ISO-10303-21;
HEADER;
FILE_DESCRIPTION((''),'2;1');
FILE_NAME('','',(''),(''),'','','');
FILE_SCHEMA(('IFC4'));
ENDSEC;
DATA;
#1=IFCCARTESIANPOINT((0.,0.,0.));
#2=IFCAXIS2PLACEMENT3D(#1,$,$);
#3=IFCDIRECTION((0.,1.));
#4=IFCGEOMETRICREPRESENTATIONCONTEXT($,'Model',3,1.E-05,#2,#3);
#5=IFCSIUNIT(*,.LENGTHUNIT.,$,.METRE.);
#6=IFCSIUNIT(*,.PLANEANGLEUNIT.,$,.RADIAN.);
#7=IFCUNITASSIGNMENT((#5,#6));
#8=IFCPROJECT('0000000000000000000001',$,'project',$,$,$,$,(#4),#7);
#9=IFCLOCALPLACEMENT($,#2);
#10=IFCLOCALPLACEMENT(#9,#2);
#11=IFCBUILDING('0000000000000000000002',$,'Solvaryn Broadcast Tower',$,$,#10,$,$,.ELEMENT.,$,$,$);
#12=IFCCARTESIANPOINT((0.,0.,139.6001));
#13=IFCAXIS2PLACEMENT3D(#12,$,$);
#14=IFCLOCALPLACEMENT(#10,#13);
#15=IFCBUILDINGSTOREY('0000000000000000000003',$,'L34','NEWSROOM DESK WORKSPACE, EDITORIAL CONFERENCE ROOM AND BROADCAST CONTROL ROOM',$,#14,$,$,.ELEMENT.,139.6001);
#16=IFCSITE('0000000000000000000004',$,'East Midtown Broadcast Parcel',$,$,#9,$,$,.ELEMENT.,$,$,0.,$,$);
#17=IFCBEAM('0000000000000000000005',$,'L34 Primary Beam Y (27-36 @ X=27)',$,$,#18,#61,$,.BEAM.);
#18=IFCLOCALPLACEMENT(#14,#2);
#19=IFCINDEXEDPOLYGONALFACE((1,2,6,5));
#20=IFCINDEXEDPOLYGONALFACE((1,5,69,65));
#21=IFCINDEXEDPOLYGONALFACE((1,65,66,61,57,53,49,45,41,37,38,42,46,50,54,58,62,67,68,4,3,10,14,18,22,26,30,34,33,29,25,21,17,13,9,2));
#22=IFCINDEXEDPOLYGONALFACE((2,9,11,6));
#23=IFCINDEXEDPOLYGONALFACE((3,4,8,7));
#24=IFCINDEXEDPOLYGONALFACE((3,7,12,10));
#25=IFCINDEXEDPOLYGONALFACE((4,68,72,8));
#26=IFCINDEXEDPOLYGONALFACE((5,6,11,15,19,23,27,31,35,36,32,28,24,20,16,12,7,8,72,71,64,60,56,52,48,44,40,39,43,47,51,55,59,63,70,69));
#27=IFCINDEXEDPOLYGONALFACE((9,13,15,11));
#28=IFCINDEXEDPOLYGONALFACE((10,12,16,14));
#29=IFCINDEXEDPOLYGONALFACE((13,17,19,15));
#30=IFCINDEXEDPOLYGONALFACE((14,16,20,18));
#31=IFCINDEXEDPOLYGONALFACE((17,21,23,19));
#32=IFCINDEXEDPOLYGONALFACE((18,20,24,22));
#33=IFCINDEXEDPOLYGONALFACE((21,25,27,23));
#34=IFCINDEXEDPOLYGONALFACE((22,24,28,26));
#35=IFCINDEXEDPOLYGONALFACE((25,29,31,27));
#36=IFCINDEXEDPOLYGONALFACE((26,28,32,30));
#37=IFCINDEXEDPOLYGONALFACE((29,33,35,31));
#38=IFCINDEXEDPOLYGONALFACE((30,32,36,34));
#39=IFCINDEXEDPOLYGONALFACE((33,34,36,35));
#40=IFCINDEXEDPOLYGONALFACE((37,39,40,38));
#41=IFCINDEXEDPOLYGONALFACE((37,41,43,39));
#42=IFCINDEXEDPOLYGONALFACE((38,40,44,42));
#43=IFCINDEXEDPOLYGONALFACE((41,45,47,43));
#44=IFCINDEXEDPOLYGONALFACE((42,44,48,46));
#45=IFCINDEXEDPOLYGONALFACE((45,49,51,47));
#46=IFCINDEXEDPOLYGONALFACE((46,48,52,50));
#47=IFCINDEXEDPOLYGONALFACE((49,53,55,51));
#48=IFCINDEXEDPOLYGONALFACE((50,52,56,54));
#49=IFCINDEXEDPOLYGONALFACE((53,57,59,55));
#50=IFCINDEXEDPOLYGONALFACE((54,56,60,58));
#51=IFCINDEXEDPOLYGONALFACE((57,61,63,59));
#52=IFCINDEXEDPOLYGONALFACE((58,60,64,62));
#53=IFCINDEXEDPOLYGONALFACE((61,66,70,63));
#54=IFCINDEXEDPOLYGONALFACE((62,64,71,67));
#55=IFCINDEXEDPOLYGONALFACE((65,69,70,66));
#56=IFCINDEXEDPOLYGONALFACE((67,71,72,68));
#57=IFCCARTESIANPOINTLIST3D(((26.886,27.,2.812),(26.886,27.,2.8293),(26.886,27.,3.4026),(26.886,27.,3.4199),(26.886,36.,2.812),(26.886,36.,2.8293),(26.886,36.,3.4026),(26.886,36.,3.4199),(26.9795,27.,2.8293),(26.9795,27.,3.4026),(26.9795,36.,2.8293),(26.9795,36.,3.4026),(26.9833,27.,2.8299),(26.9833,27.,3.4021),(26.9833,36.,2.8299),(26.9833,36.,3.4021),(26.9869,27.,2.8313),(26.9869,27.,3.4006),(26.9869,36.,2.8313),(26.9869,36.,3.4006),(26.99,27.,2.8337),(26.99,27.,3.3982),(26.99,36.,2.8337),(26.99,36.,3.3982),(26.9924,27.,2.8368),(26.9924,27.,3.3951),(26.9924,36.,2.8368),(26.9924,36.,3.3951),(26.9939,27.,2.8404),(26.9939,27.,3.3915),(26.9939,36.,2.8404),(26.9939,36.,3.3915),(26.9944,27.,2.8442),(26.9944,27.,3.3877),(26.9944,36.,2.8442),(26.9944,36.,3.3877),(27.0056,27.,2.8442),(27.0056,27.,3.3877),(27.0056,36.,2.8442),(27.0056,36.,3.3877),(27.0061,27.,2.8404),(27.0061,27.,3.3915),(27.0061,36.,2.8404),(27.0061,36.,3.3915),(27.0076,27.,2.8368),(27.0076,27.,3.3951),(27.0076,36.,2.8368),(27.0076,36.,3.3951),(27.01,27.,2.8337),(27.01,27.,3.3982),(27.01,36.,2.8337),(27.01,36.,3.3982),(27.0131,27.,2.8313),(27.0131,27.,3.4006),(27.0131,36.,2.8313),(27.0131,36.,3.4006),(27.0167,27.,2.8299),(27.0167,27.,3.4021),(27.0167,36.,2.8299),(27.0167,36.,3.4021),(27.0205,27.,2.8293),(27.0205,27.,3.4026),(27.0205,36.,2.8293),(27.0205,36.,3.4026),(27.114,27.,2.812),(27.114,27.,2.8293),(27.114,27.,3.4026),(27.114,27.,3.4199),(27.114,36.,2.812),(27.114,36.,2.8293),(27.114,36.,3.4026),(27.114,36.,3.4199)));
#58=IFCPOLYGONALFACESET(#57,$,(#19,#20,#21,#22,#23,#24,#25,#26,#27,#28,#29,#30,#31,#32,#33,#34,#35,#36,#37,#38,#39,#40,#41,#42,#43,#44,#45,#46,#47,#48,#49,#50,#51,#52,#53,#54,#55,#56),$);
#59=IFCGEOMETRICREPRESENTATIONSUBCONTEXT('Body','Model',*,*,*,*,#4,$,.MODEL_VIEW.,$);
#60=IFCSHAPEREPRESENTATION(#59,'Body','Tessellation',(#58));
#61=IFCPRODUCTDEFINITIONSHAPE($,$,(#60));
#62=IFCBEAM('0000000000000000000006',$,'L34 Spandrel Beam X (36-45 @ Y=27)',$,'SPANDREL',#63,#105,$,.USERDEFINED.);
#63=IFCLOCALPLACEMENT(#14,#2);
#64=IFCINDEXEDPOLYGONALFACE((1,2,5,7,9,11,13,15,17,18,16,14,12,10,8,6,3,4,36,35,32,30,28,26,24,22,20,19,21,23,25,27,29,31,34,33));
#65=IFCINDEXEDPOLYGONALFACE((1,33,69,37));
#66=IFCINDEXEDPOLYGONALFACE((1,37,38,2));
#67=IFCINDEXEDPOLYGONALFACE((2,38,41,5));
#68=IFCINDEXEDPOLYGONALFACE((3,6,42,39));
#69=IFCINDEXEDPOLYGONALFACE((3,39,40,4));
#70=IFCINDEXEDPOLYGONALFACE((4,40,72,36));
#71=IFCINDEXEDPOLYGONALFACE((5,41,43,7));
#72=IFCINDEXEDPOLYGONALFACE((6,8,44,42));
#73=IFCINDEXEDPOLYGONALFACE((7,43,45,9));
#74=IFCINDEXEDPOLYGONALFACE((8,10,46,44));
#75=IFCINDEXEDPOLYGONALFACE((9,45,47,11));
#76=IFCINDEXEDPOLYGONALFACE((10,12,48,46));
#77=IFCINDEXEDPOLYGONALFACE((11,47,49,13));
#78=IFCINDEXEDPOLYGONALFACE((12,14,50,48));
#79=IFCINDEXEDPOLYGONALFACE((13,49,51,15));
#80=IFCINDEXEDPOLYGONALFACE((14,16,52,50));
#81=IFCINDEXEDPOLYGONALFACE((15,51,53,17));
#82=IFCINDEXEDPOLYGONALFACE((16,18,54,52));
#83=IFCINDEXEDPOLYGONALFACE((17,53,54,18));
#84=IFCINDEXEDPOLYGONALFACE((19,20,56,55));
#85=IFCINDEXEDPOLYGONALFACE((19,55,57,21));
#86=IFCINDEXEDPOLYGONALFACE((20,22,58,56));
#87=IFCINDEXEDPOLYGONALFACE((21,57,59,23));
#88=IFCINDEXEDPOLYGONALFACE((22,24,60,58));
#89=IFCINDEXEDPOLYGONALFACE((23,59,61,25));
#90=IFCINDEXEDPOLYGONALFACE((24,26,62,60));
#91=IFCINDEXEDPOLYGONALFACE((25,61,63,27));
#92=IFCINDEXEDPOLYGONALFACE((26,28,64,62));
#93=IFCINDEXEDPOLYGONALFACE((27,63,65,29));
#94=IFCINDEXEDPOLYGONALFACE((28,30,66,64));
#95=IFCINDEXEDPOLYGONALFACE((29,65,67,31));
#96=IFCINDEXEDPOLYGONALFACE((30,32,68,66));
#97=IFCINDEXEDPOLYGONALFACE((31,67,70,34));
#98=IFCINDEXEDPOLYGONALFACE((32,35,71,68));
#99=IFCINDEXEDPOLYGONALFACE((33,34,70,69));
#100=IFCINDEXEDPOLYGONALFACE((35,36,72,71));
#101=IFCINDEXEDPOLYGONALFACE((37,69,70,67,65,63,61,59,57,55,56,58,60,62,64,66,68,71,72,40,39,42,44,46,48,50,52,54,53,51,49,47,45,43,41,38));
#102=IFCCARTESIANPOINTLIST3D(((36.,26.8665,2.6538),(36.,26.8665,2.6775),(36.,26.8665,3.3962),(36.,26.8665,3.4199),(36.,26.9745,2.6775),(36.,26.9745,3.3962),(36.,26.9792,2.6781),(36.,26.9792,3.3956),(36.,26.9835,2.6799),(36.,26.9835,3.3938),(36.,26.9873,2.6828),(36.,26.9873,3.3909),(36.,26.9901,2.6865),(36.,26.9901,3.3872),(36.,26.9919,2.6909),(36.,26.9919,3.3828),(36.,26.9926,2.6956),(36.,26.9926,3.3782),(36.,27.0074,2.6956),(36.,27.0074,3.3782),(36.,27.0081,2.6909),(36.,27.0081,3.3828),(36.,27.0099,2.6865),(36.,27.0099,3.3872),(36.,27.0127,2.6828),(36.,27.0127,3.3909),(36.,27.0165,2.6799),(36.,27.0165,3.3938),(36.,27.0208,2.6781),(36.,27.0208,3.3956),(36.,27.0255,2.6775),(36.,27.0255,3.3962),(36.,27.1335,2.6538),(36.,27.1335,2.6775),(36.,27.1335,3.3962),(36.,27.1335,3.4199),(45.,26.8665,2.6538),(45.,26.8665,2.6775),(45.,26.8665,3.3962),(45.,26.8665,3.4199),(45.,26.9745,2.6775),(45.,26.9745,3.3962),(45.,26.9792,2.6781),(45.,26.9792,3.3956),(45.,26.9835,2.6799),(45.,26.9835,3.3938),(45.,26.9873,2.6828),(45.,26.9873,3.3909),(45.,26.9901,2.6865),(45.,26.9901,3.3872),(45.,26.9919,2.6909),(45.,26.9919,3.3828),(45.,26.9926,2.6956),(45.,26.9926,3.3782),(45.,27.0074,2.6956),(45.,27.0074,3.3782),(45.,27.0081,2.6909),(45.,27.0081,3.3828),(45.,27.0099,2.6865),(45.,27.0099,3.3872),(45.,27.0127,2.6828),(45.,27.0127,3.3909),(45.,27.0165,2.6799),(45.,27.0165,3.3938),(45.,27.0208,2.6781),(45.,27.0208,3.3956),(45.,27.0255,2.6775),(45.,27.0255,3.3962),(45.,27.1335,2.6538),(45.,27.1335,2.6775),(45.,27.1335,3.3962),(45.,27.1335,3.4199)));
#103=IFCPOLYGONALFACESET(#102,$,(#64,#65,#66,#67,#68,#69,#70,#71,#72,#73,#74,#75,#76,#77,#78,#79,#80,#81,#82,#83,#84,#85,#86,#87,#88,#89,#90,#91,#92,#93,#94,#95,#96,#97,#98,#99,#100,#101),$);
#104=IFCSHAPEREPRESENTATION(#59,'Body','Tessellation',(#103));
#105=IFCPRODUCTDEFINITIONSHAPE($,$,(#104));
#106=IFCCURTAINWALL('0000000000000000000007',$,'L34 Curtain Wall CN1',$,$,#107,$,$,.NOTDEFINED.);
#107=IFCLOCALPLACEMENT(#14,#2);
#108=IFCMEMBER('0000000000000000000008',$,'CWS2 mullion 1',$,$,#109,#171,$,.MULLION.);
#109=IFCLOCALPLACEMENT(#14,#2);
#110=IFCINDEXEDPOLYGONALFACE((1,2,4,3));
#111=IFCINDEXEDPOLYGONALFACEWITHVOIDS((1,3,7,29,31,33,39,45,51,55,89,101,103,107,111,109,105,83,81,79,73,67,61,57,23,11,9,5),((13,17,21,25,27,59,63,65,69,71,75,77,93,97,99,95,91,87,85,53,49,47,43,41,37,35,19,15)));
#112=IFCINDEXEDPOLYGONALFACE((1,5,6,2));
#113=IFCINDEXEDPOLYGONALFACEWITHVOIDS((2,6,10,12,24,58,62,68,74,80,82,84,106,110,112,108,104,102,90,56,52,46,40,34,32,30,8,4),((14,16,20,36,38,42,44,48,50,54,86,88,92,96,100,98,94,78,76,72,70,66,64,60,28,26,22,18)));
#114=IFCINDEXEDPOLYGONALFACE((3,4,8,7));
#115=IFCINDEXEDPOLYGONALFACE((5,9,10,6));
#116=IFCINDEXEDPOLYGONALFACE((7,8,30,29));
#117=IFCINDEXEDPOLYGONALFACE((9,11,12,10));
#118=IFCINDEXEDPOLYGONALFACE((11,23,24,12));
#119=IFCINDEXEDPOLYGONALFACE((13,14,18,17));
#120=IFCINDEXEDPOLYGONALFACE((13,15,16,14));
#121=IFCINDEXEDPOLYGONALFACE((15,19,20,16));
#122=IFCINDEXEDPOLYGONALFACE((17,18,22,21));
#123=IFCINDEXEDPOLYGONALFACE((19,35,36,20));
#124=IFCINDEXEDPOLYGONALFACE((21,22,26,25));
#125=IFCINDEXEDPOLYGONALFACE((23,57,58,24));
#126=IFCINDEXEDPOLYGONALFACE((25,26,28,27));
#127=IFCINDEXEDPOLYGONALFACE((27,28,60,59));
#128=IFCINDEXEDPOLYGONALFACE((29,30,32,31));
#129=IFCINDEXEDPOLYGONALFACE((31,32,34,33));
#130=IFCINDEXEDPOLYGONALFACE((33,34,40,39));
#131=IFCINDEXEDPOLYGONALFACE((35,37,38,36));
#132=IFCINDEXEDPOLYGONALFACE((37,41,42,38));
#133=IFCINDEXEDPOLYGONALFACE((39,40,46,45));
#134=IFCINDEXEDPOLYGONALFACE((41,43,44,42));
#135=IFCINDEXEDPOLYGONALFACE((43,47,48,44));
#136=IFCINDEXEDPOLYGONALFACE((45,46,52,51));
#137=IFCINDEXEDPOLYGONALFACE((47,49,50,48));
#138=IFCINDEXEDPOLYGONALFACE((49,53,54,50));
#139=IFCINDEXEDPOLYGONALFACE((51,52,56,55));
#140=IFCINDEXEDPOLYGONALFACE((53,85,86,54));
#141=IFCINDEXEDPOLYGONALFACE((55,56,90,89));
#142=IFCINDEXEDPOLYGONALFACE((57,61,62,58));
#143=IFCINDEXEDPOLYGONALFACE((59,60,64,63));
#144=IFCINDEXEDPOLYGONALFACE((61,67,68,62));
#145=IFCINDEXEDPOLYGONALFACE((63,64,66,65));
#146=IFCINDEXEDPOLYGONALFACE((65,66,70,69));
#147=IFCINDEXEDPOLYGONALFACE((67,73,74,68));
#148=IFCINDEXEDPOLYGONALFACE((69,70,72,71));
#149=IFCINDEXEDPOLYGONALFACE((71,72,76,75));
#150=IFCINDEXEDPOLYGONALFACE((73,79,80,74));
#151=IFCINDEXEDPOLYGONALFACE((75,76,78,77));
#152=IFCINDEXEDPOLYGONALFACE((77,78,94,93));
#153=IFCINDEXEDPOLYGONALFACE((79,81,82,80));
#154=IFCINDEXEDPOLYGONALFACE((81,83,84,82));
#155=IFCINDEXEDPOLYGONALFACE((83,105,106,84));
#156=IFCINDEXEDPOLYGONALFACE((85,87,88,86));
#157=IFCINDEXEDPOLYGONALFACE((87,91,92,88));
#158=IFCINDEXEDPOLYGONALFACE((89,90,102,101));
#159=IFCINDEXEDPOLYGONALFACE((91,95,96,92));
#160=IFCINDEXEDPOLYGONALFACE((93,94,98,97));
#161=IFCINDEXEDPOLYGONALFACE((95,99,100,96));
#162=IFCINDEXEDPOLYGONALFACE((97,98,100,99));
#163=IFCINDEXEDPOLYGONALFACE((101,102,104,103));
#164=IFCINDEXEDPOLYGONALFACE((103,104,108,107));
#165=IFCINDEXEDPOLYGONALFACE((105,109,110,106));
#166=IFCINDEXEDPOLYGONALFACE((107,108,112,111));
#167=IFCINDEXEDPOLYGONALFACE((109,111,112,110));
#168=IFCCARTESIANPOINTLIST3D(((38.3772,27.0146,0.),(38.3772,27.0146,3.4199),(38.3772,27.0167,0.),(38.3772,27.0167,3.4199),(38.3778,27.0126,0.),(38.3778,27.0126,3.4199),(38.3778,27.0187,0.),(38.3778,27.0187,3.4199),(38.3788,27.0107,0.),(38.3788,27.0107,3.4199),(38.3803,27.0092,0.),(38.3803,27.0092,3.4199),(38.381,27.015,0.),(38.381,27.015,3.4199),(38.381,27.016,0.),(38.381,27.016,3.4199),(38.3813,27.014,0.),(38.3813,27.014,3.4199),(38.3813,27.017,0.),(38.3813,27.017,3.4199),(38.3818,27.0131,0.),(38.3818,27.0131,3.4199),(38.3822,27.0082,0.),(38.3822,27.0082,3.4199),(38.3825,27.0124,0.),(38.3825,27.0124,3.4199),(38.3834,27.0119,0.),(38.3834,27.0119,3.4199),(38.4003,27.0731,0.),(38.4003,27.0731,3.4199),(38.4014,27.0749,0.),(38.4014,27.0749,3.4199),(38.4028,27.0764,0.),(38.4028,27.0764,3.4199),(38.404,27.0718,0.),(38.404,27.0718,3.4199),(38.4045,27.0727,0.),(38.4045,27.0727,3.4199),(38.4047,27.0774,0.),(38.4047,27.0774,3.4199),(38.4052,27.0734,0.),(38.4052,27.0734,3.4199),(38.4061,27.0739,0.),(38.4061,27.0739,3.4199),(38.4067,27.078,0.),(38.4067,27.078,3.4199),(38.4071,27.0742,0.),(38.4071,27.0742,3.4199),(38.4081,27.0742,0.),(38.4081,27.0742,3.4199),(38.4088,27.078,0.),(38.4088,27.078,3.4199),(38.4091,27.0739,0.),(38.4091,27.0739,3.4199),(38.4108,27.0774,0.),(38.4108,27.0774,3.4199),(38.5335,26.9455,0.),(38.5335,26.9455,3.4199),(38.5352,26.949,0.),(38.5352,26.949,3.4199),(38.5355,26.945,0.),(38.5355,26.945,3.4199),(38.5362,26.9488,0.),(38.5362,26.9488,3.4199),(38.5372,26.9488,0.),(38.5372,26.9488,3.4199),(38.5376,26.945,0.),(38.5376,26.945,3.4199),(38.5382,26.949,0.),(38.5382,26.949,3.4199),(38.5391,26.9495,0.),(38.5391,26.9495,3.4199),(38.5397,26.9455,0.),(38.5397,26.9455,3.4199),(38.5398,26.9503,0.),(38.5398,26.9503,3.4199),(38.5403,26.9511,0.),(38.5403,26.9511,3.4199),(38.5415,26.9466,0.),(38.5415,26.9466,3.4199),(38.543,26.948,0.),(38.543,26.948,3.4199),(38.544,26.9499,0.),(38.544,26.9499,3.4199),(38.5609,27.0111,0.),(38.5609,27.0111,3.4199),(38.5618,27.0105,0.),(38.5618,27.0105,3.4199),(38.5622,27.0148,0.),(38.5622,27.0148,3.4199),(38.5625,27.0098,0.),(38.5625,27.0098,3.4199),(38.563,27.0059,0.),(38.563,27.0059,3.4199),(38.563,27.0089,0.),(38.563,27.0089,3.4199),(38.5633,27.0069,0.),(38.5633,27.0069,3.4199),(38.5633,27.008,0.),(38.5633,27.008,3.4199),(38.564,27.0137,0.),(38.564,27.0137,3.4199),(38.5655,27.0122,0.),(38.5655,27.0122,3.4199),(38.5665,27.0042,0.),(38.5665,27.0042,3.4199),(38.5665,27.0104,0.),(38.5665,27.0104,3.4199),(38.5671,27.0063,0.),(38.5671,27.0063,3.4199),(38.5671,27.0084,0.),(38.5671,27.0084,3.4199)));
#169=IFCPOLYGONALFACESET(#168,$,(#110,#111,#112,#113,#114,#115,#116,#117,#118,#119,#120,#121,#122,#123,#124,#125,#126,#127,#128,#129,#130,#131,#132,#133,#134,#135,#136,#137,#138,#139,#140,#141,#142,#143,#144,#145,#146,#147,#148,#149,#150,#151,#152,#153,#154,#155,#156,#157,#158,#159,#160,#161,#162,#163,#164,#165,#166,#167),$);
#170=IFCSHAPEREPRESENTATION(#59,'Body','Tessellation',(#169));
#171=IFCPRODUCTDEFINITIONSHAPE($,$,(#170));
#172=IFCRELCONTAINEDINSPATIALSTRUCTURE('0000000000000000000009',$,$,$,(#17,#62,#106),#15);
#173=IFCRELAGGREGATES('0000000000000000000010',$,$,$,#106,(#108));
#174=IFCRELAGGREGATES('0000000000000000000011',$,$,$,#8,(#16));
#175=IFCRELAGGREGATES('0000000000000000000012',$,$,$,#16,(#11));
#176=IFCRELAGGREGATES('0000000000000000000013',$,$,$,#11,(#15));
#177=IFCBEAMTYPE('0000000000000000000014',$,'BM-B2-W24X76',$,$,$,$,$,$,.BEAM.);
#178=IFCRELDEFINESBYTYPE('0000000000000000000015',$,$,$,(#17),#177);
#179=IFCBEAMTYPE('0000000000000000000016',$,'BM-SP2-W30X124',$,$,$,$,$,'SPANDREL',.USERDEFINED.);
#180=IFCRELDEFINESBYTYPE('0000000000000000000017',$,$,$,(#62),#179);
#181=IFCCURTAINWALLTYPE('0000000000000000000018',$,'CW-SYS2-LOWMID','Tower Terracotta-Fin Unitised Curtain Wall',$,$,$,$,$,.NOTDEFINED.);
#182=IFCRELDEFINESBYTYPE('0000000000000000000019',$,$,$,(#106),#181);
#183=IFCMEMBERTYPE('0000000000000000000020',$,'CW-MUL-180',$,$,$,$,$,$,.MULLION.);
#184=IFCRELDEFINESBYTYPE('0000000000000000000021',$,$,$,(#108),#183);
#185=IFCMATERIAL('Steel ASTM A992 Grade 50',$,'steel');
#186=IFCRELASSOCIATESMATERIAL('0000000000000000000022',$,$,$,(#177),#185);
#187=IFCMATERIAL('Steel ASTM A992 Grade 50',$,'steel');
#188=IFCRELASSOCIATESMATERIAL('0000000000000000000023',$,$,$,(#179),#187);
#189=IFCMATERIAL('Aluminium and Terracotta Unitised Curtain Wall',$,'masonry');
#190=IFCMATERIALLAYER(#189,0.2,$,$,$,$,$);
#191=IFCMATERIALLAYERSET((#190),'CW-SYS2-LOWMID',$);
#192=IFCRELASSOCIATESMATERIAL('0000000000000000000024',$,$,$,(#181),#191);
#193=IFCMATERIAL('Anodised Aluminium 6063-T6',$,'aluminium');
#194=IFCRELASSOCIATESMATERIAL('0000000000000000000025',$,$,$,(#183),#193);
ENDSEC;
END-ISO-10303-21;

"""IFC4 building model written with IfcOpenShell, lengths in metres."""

from ifc_helpers import new_model, si_unit, direction, frame, origin, origin_2d, place, context, subcontext, project, spatial, hollow_rectangle, i_section, extrude, material, layer, layer_set, material_profile, profile_set, type_object, element, aggregate, save


model = new_model("IFC4")

# Units and contexts
model_context = context("Model", 3, precision=1e-05, world=origin(), true_north=direction((0.0, 1.0)))
body_context = subcontext(model_context, "Body", "Model", "MODEL_VIEW")
ifc_project = project(units=[si_unit("LENGTHUNIT", "METRE"), si_unit("PLANEANGLEUNIT", "RADIAN")], contexts=[model_context])

# Site, building, storey
site_placement = place(None, origin())
site = spatial("IfcSite", under=ifc_project, at=site_placement, Name="East Midtown Broadcast Parcel", CompositionType="ELEMENT", RefElevation=0.0)
building_placement = place(site_placement, origin())
building = spatial("IfcBuilding", under=site, at=building_placement, Name="Solvaryn Broadcast Tower", CompositionType="ELEMENT")
storey_placement = place(building_placement, frame((0.0, 0.0, 139.6001)))
storey = spatial("IfcBuildingStorey", under=building, at=storey_placement, Name="L34", Description="NEWSROOM DESK WORKSPACE, EDITORIAL CONFERENCE ROOM AND BROADCAST CONTROL ROOM", CompositionType="ELEMENT", Elevation=139.6001)

# Beams
ifc_material_1 = material(Name="Steel ASTM A992 Grade 50", Category="steel")
ifc_material_profile_1 = material_profile(ifc_material_1, i_section(OverallWidth=0.228, OverallDepth=0.6079, WebThickness=0.0112, FlangeThickness=0.0173, FilletRadius=0.0149, at=origin_2d()))
ifc_profile_set_1 = profile_set([ifc_material_profile_1], Name="Steel ASTM A992 Grade 50")
beam_type_1 = type_object("IfcBeamType", Name="BM-B2-W24X76", PredefinedType="BEAM", material=ifc_profile_set_1)
beam_1_placement = place(storey_placement, frame((27.0, 27.0, 3.116), z_axis=(0.0, 1.0, 0.0), x_axis=(-1.0, 0.0, 0.0)))
element("IfcBeam", 1, at=beam_1_placement, inside=storey, type_object=beam_type_1, Name="L34 Primary Beam Y (27-36 @ X=27)", PredefinedType="BEAM", context=body_context, shape_type="SweptSolid", body=[
    extrude(i_section(OverallWidth=0.228, OverallDepth=0.6079, WebThickness=0.0112, FlangeThickness=0.0173, FilletRadius=0.0149, at=origin_2d()), origin(), (0.0, 0.0, 1.0), 9.0),
])
ifc_material_2 = material(Name="Steel ASTM A992 Grade 50", Category="steel")
ifc_material_profile_2 = material_profile(ifc_material_2, i_section(OverallWidth=0.2671, OverallDepth=0.7661, WebThickness=0.0149, FlangeThickness=0.0237, FilletRadius=0.0181, at=origin_2d()))
ifc_profile_set_2 = profile_set([ifc_material_profile_2], Name="Steel ASTM A992 Grade 50")
beam_type_2 = type_object("IfcBeamType", Name="BM-SP2-W30X124", ElementType="SPANDREL", PredefinedType="USERDEFINED", material=ifc_profile_set_2)
beam_2_placement = place(storey_placement, frame((36.0, 27.0, 3.0369), z_axis=(1.0, 0.0, 0.0), x_axis=(0.0, 1.0, 0.0)))
element("IfcBeam", 2, at=beam_2_placement, inside=storey, type_object=beam_type_2, Name="L34 Spandrel Beam X (36-45 @ Y=27)", ObjectType="SPANDREL", PredefinedType="USERDEFINED", context=body_context, shape_type="SweptSolid", body=[
    extrude(i_section(OverallWidth=0.2671, OverallDepth=0.7661, WebThickness=0.0149, FlangeThickness=0.0237, FilletRadius=0.0181, at=origin_2d()), origin(), (0.0, 0.0, 1.0), 9.0),
])

# Curtain wall, member
ifc_material_3 = material(Name="Aluminium and Terracotta Unitised Curtain Wall", Category="masonry")
ifc_layer_1 = layer(ifc_material_3, 0.2)
ifc_layer_set_1 = layer_set([ifc_layer_1], Name="CW-SYS2-LOWMID")
curtain_wall_type = type_object("IfcCurtainWallType", Name="CW-SYS2-LOWMID", Description="Tower Terracotta-Fin Unitised Curtain Wall", PredefinedType="NOTDEFINED", material=ifc_layer_set_1)
curtain_wall_1_placement = place(storey_placement, origin())
curtain_wall_1 = element("IfcCurtainWall", 3, at=curtain_wall_1_placement, inside=storey, type_object=curtain_wall_type, Name="L34 Curtain Wall CN1", PredefinedType="NOTDEFINED")
ifc_material_4 = material(Name="Anodised Aluminium 6063-T6", Category="aluminium")
ifc_material_profile_3 = material_profile(ifc_material_4, hollow_rectangle(XDim=0.075, YDim=0.1799, WallThickness=0.0039, InnerFilletRadius=0.0039, OuterFilletRadius=0.0081, at=origin_2d()))
ifc_profile_set_3 = profile_set([ifc_material_profile_3], Name="Anodised Aluminium 6063-T6")
member_type_1 = type_object("IfcMemberType", Name="CW-MUL-180", PredefinedType="MULLION", material=ifc_profile_set_3)
member_1_placement = place(storey_placement, frame((38.4722, 27.0115, 0.0), z_axis=(0.0, 0.0, 1.0), x_axis=(-0.382646, -0.923895, 0.0)))
member_1 = element("IfcMember", 4, at=member_1_placement, type_object=member_type_1, Name="CWS2 mullion 1", PredefinedType="MULLION", context=body_context, shape_type="SweptSolid", body=[
    extrude(hollow_rectangle(XDim=0.075, YDim=0.1799, WallThickness=0.0039, InnerFilletRadius=0.0039, OuterFilletRadius=0.0081, at=origin_2d()), origin(), (0.0, 0.0, 1.0), 3.4199),
])

aggregate(curtain_wall_1, [member_1])

save(model, "model.ifc")
